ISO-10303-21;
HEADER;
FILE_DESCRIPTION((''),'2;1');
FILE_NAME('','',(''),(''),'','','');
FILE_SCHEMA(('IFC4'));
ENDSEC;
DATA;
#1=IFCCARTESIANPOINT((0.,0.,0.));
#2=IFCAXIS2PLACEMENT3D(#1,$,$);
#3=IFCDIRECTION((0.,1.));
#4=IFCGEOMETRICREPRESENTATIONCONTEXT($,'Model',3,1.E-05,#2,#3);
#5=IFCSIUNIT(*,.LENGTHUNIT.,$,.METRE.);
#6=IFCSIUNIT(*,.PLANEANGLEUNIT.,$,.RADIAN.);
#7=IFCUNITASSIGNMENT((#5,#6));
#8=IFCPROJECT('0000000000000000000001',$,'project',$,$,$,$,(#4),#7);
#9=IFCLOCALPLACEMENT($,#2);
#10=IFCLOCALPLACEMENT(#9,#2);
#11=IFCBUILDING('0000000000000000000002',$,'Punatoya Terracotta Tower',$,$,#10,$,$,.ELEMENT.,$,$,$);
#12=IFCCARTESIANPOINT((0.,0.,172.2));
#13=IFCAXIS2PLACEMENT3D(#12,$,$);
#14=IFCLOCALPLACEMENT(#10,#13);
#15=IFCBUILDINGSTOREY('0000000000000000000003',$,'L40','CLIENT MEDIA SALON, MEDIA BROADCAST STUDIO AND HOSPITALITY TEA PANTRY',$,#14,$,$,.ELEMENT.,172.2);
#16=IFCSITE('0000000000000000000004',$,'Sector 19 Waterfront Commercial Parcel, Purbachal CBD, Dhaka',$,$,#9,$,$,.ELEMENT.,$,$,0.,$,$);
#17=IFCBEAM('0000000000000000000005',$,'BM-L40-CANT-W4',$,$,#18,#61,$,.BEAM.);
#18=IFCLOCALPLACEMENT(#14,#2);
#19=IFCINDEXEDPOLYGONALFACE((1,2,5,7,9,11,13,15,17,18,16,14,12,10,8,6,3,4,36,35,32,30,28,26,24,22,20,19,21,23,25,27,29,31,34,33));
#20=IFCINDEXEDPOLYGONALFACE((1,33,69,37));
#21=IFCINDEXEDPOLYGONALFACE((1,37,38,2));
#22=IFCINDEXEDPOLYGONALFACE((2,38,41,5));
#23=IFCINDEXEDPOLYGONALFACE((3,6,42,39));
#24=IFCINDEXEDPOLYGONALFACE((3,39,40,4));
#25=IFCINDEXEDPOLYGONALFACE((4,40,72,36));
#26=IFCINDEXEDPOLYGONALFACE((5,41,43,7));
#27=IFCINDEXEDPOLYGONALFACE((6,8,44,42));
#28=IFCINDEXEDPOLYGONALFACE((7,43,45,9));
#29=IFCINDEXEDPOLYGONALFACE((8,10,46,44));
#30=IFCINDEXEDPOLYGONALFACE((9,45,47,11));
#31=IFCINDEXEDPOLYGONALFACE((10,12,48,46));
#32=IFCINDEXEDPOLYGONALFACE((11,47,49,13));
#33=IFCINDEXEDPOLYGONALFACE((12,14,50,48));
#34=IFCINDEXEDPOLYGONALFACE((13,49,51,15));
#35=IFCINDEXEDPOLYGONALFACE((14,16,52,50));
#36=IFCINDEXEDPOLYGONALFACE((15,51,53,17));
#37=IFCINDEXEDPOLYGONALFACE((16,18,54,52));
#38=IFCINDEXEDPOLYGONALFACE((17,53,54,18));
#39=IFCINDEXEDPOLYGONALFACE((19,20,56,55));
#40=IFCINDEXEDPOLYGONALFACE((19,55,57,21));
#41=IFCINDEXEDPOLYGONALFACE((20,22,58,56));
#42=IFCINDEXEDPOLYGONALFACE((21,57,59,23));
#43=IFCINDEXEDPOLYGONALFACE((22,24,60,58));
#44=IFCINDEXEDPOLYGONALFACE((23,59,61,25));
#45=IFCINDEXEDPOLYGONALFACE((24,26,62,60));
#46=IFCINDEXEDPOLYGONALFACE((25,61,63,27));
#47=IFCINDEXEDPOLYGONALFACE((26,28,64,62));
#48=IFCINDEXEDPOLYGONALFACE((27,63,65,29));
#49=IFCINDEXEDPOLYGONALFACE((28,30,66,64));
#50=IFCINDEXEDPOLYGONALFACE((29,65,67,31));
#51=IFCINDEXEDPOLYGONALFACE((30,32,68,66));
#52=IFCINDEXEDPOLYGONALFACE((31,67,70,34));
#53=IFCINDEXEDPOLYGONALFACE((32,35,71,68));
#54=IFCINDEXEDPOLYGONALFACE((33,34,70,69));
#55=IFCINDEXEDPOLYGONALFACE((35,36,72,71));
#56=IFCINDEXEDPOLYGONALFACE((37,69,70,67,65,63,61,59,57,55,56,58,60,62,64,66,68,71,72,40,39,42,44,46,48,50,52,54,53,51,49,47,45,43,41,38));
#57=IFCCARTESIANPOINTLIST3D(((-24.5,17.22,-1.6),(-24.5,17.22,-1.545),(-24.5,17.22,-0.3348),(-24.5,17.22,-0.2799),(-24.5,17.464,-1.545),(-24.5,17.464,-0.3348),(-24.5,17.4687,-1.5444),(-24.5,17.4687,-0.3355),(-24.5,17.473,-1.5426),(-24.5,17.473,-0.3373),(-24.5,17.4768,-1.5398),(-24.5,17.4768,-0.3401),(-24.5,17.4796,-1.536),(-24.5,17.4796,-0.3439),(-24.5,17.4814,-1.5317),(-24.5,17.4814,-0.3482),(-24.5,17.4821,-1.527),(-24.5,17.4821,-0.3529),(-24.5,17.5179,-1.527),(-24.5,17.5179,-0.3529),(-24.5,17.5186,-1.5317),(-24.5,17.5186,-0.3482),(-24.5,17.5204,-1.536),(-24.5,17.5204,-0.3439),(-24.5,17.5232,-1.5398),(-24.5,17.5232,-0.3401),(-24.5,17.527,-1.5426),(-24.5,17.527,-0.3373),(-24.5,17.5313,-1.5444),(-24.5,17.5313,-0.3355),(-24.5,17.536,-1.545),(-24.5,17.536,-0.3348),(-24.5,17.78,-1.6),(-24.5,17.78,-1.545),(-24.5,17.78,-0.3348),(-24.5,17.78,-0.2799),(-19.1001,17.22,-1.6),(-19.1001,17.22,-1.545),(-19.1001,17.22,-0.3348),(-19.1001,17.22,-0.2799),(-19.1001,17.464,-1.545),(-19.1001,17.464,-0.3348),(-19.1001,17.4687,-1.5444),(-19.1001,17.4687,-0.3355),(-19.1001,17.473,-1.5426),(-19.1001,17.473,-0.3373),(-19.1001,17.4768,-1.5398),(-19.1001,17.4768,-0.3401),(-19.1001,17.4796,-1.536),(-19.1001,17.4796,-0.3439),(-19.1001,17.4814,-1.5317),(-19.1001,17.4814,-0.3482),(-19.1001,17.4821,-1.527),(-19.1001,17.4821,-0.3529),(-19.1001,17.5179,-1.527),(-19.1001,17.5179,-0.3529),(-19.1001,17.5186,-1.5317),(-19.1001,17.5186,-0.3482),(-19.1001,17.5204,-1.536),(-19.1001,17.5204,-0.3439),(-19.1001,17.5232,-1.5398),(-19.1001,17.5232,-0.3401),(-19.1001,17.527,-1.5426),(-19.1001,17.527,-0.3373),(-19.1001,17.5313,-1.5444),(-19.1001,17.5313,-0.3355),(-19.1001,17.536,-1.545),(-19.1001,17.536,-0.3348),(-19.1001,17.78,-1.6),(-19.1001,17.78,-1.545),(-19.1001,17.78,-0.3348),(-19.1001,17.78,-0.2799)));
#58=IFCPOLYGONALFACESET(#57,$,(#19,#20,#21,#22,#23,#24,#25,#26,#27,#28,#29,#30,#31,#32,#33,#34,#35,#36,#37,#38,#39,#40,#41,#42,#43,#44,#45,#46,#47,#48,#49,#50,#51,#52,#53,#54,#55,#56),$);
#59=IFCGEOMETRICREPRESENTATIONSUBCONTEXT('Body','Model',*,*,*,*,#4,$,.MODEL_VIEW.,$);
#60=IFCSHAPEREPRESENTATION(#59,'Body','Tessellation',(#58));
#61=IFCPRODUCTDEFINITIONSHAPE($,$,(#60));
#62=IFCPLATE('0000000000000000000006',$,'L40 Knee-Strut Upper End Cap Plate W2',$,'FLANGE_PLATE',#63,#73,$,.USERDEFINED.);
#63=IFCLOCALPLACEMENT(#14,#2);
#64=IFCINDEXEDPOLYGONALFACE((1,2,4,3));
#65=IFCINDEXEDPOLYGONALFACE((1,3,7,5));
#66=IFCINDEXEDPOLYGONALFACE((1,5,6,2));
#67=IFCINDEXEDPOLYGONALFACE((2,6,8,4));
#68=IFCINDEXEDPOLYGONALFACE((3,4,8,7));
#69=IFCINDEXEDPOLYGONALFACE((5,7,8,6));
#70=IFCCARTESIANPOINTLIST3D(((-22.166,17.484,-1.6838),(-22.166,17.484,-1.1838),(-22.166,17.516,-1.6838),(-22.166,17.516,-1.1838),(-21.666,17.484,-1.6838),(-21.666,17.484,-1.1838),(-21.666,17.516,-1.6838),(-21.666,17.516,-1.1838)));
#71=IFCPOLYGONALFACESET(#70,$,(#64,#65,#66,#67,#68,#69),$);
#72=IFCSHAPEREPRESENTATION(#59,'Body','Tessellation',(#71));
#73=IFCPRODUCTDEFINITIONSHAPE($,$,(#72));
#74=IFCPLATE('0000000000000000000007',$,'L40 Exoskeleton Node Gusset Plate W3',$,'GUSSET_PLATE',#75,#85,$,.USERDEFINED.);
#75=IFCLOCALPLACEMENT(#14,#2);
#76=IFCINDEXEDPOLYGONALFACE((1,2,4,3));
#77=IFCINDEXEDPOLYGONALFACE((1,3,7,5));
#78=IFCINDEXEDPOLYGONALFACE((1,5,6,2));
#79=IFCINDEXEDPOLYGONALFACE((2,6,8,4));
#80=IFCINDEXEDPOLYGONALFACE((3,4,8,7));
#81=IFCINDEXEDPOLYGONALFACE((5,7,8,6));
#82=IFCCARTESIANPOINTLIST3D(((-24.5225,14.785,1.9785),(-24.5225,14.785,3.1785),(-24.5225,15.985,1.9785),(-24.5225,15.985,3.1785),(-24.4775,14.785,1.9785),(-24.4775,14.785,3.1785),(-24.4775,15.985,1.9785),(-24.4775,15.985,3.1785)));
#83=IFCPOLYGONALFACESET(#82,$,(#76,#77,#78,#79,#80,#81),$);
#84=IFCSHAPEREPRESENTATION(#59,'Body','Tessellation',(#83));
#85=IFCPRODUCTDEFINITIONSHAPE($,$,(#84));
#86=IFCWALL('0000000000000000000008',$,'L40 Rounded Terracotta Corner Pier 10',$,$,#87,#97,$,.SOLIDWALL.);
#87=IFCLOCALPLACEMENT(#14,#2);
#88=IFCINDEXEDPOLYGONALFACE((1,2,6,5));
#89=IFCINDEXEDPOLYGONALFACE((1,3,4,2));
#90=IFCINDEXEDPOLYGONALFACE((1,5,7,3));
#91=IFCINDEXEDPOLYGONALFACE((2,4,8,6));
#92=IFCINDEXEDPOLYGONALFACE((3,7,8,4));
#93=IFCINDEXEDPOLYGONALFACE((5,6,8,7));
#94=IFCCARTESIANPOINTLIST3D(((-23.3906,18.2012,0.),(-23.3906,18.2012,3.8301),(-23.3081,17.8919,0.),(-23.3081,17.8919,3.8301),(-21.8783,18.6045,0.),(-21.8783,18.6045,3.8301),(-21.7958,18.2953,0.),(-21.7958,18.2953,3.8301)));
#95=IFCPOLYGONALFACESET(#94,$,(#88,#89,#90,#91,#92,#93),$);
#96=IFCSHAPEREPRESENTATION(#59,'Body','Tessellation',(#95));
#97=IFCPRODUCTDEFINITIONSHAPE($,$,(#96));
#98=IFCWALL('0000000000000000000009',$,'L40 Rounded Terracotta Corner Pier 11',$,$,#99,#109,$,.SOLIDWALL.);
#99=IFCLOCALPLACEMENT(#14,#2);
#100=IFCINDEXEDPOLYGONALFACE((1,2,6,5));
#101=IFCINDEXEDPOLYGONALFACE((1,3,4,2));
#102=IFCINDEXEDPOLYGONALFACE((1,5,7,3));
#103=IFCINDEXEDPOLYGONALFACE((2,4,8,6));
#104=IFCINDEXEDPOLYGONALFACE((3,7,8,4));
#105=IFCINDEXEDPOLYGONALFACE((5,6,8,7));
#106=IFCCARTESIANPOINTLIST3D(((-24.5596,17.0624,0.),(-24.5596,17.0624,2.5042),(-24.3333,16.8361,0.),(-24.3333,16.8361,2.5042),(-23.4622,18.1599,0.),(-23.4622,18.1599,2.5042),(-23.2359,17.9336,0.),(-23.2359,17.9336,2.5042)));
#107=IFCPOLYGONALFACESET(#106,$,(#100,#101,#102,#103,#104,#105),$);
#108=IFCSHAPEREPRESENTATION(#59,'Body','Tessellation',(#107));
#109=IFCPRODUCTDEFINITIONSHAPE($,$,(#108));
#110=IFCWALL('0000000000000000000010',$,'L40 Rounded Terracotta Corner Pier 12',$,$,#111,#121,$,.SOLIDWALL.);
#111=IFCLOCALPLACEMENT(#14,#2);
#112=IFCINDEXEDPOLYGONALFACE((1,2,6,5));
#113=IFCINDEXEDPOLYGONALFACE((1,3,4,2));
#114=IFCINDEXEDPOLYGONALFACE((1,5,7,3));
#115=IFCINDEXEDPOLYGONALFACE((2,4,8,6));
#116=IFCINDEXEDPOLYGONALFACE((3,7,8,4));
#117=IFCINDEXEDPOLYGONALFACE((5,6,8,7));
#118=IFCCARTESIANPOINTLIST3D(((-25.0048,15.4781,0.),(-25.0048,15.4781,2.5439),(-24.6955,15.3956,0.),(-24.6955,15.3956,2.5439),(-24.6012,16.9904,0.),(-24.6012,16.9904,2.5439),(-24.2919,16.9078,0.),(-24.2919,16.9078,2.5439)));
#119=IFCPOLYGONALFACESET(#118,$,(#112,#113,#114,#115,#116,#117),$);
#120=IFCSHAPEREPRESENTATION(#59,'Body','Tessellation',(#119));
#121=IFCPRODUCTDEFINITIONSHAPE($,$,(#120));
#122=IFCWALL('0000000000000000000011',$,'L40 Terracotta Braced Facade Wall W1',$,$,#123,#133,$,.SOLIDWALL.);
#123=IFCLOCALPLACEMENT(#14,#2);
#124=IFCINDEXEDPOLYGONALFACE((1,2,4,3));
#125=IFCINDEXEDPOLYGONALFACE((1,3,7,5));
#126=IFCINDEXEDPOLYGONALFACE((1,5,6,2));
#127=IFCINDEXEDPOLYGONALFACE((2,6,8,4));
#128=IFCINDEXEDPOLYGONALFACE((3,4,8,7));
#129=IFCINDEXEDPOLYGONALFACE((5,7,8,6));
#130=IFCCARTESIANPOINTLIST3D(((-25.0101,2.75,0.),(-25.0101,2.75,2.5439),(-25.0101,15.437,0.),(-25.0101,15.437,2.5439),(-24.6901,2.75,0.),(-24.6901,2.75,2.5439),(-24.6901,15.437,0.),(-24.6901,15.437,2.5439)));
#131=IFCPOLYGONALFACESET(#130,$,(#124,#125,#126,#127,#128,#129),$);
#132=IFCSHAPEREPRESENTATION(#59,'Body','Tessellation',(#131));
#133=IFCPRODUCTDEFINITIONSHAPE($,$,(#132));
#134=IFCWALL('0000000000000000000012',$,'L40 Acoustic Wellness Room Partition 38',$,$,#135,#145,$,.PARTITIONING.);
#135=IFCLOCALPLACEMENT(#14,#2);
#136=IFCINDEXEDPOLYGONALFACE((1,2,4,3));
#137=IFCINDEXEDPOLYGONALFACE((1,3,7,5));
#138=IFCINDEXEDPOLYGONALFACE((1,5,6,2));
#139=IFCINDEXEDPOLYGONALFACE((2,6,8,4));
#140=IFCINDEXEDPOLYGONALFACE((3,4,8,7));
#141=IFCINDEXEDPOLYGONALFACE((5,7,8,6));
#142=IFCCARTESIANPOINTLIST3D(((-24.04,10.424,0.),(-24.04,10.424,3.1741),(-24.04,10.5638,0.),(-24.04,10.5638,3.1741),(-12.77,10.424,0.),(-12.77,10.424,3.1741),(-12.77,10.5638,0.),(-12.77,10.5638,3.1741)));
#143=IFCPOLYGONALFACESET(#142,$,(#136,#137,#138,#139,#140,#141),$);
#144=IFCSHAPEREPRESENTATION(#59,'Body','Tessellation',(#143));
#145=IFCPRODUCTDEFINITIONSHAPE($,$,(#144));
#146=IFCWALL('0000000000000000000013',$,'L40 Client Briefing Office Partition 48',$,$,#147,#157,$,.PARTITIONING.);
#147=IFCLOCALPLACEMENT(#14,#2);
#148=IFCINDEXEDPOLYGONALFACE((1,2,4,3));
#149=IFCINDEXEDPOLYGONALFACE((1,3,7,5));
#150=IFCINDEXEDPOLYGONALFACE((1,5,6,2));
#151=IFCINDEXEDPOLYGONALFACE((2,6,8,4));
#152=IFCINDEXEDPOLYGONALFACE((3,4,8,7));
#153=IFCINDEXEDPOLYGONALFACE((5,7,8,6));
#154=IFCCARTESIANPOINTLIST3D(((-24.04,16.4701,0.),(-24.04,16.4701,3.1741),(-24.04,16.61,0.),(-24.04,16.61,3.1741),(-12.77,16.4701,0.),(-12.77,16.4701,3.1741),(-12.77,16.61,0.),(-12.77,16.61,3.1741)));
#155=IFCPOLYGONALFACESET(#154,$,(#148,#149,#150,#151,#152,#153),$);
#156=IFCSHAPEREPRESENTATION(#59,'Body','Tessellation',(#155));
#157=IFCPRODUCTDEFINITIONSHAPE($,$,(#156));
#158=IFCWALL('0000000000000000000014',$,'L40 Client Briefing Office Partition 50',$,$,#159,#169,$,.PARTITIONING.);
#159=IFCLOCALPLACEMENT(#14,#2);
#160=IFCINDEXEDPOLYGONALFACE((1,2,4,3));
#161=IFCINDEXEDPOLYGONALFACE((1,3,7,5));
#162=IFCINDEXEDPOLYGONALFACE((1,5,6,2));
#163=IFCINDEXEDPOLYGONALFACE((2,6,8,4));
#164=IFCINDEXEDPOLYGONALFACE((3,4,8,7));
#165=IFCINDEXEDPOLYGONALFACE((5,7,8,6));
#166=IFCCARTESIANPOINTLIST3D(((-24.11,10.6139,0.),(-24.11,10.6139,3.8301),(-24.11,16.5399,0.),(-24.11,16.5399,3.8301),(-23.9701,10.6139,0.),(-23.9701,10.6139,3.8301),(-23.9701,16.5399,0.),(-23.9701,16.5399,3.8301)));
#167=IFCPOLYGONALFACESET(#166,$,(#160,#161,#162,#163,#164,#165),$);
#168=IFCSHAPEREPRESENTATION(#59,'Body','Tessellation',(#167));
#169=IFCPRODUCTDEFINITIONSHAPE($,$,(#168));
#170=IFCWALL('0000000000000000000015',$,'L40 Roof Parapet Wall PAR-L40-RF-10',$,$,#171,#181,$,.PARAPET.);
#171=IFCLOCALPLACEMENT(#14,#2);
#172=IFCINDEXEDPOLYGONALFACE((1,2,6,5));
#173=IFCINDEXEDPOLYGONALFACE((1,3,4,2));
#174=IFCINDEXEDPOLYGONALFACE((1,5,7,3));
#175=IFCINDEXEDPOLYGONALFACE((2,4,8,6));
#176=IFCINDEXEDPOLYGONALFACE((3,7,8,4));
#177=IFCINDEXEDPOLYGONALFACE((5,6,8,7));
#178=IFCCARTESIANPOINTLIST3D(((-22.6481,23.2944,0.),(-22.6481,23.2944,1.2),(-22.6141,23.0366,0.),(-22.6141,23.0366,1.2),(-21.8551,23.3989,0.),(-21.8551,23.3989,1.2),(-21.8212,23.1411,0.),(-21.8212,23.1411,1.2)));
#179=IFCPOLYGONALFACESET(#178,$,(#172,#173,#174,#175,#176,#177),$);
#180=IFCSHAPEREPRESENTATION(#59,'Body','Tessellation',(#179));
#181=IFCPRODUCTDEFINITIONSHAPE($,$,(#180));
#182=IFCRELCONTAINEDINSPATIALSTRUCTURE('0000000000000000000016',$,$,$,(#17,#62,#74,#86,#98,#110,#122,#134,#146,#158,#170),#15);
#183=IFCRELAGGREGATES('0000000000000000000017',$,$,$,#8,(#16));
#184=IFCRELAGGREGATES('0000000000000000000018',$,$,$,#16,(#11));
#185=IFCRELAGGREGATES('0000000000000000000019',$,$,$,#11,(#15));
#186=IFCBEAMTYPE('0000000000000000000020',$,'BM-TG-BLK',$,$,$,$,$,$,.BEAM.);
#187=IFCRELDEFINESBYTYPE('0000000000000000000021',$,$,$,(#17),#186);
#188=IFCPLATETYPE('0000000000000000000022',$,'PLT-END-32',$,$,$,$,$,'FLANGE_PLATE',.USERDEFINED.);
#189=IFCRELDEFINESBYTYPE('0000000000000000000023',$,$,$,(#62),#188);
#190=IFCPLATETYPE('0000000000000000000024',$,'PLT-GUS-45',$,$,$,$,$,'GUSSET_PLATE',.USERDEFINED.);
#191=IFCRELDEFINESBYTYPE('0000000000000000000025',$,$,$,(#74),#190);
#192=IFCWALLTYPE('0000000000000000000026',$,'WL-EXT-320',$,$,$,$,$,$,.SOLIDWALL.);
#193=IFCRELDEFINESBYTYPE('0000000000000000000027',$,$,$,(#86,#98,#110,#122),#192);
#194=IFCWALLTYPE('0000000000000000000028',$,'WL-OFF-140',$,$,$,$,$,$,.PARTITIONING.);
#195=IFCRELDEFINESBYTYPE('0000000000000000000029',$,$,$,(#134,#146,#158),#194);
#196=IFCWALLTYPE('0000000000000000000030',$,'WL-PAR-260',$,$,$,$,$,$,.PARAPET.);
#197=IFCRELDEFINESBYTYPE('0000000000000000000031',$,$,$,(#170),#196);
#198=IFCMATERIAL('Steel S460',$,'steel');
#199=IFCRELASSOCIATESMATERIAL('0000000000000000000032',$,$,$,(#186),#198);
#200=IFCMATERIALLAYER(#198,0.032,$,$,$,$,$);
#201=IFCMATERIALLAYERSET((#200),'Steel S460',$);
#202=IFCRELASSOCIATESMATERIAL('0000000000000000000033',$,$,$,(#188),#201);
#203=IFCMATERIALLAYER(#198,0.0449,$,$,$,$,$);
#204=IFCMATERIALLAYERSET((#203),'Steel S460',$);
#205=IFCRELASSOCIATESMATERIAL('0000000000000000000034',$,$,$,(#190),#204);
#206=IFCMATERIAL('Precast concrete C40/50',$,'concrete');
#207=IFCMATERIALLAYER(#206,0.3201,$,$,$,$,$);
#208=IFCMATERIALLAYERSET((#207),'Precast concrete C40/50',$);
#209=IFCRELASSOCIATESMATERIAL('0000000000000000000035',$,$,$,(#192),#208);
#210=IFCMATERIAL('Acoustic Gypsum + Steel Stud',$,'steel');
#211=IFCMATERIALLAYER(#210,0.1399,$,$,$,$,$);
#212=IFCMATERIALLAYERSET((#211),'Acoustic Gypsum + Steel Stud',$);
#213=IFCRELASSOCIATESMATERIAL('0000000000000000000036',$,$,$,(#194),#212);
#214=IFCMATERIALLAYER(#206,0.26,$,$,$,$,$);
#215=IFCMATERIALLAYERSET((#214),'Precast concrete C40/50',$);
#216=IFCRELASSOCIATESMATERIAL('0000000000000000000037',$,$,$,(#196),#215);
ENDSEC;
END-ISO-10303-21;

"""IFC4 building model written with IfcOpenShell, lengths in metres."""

from ifc_helpers import new_model, si_unit, direction, frame, frame_2d, origin, origin_2d, place, context, subcontext, project, spatial, rectangle, i_section, extrude, material, layer, layer_set, material_profile, profile_set, type_object, element, save


model = new_model("IFC4")

# Units and contexts
model_context = context("Model", 3, precision=1e-05, world=origin(), true_north=direction((0.0, 1.0)))
body_context = subcontext(model_context, "Body", "Model", "MODEL_VIEW")
ifc_project = project(units=[si_unit("LENGTHUNIT", "METRE"), si_unit("PLANEANGLEUNIT", "RADIAN")], contexts=[model_context])

# Site, building, storey
site_placement = place(None, origin())
site = spatial("IfcSite", under=ifc_project, at=site_placement, Name="Sector 19 Waterfront Commercial Parcel, Purbachal CBD, Dhaka", CompositionType="ELEMENT", RefElevation=0.0)
building_placement = place(site_placement, origin())
building = spatial("IfcBuilding", under=site, at=building_placement, Name="Punatoya Terracotta Tower", CompositionType="ELEMENT")
storey_placement = place(building_placement, frame((0.0, 0.0, 172.2)))
storey = spatial("IfcBuildingStorey", under=building, at=storey_placement, Name="L40", Description="CLIENT MEDIA SALON, MEDIA BROADCAST STUDIO AND HOSPITALITY TEA PANTRY", CompositionType="ELEMENT", Elevation=172.2)

# Shared definitions
ifc_material_1 = material(Name="Steel S460", Category="steel")

# Beam
ifc_material_profile_1 = material_profile(ifc_material_1, i_section(OverallWidth=0.5601, OverallDepth=1.3201, WebThickness=0.0359, FlangeThickness=0.0549, FilletRadius=0.0181, at=origin_2d()))
ifc_profile_set_1 = profile_set([ifc_material_profile_1], Name="Steel S460")
beam_type_1 = type_object("IfcBeamType", Name="BM-TG-BLK", PredefinedType="BEAM", material=ifc_profile_set_1)
beam_1_placement = place(storey_placement, frame((-24.5, 17.5, -0.9399), z_axis=(1.0, 0.0, 0.0), x_axis=(0.0, 1.0, 0.0)))
element("IfcBeam", 1, at=beam_1_placement, inside=storey, type_object=beam_type_1, Name="BM-L40-CANT-W4", PredefinedType="BEAM", context=body_context, shape_type="SweptSolid", body=[
    extrude(i_section(OverallWidth=0.5601, OverallDepth=1.3201, WebThickness=0.0359, FlangeThickness=0.0549, FilletRadius=0.0181, at=origin_2d()), origin(), (0.0, 0.0, 1.0), 5.3999),
])

# Plates
ifc_layer_1 = layer(ifc_material_1, 0.032)
ifc_layer_set_1 = layer_set([ifc_layer_1], Name="Steel S460")
plate_type_1 = type_object("IfcPlateType", Name="PLT-END-32", ElementType="FLANGE_PLATE", PredefinedType="USERDEFINED", material=ifc_layer_set_1)
plate_1_placement = place(storey_placement, frame((-21.916, 17.5, -1.6838), z_axis=(0.0, 0.0, 1.0), x_axis=(1.0, 0.0, 0.0)))
element("IfcPlate", 2, at=plate_1_placement, inside=storey, type_object=plate_type_1, Name="L40 Knee-Strut Upper End Cap Plate W2", ObjectType="FLANGE_PLATE", PredefinedType="USERDEFINED", context=body_context, shape_type="SweptSolid", body=[
    extrude(rectangle(XDim=0.5, YDim=0.032, at=origin_2d()), origin(), (0.0, 0.0, 1.0), 0.5),
])
ifc_layer_2 = layer(ifc_material_1, 0.0449)
ifc_layer_set_2 = layer_set([ifc_layer_2], Name="Steel S460")
plate_type_2 = type_object("IfcPlateType", Name="PLT-GUS-45", ElementType="GUSSET_PLATE", PredefinedType="USERDEFINED", material=ifc_layer_set_2)
plate_2_placement = place(storey_placement, frame((-24.5, 15.385, 1.9785), z_axis=(0.0, 0.0, 1.0), x_axis=(0.0, 1.0, 0.0)))
element("IfcPlate", 3, at=plate_2_placement, inside=storey, type_object=plate_type_2, Name="L40 Exoskeleton Node Gusset Plate W3", ObjectType="GUSSET_PLATE", PredefinedType="USERDEFINED", context=body_context, shape_type="SweptSolid", body=[
    extrude(rectangle(XDim=1.2, YDim=0.0449, at=origin_2d()), origin(), (0.0, 0.0, 1.0), 1.2),
])

# Walls
ifc_material_2 = material(Name="Precast concrete C40/50", Category="concrete")
ifc_layer_3 = layer(ifc_material_2, 0.3201)
ifc_layer_set_3 = layer_set([ifc_layer_3], Name="Precast concrete C40/50")
wall_type_1 = type_object("IfcWallType", Name="WL-EXT-320", PredefinedType="SOLIDWALL", material=ifc_layer_set_3)
wall_1_placement = place(storey_placement, frame((-21.8369, 18.45, 0.0), z_axis=(0.0, 0.0, 1.0), x_axis=(-0.966225, -0.257701, 0.0)))
element("IfcWall", 4, at=wall_1_placement, inside=storey, type_object=wall_type_1, Name="L40 Rounded Terracotta Corner Pier 10", PredefinedType="SOLIDWALL", context=body_context, shape_type="SweptSolid", body=[
    extrude(rectangle(XDim=1.5652, YDim=0.3201, at=frame_2d((0.7827, 0.0))), origin(), (0.0, 0.0, 1.0), 3.8301),
])
wall_2_placement = place(storey_placement, frame((-23.3491, 18.0466, 0.0), z_axis=(0.0, 0.0, 1.0), x_axis=(-0.707107, -0.707107, 0.0)))
element("IfcWall", 5, at=wall_2_placement, inside=storey, type_object=wall_type_1, Name="L40 Rounded Terracotta Corner Pier 11", PredefinedType="SOLIDWALL", context=body_context, shape_type="SweptSolid", body=[
    extrude(rectangle(XDim=1.552, YDim=0.3201, at=frame_2d((0.7759, 0.0))), origin(), (0.0, 0.0, 1.0), 2.5042),
])
wall_3_placement = place(storey_placement, frame((-24.4465, 16.9492, 0.0), z_axis=(0.0, 0.0, 1.0), x_axis=(-0.257847, -0.966186, 0.0)))
element("IfcWall", 6, at=wall_3_placement, inside=storey, type_object=wall_type_1, Name="L40 Rounded Terracotta Corner Pier 12", PredefinedType="SOLIDWALL", context=body_context, shape_type="SweptSolid", body=[
    extrude(rectangle(XDim=1.5652, YDim=0.3201, at=frame_2d((0.7827, 0.0))), origin(), (0.0, 0.0, 1.0), 2.5439),
])
wall_4_placement = place(storey_placement, frame((-24.8501, 15.437, 0.0), z_axis=(0.0, 0.0, 1.0), x_axis=(0.0, -1.0, 0.0)))
element("IfcWall", 7, at=wall_4_placement, inside=storey, type_object=wall_type_1, Name="L40 Terracotta Braced Facade Wall W1", PredefinedType="SOLIDWALL", context=body_context, shape_type="SweptSolid", body=[
    extrude(rectangle(XDim=12.687, YDim=0.3201, at=frame_2d((6.3435, 0.0))), origin(), (0.0, 0.0, 1.0), 2.5439),
])
ifc_material_3 = material(Name="Acoustic Gypsum + Steel Stud", Category="steel")
ifc_layer_4 = layer(ifc_material_3, 0.1399)
ifc_layer_set_4 = layer_set([ifc_layer_4], Name="Acoustic Gypsum + Steel Stud")
wall_type_2 = type_object("IfcWallType", Name="WL-OFF-140", PredefinedType="PARTITIONING", material=ifc_layer_set_4)
for number, where, z_axis, x_axis, name in (
    (8, (-24.04, 10.4939, 0.0), (0.0, 0.0, 1.0), (1.0, 0.0, 0.0), "L40 Acoustic Wellness Room Partition 38"),
    (9, (-24.04, 16.54, 0.0), (0.0, 0.0, 1.0), (1.0, 0.0, 0.0), "L40 Client Briefing Office Partition 48"),
):
    element("IfcWall", number, at=place(storey_placement, frame(where, z_axis=z_axis, x_axis=x_axis)), inside=storey, type_object=wall_type_2, Name=name, PredefinedType="PARTITIONING", context=body_context, shape_type="SweptSolid", body=[
        extrude(rectangle(XDim=11.27, YDim=0.1399, at=frame_2d((5.635, 0.0))), origin(), (0.0, 0.0, 1.0), 3.1741),
    ])
wall_5_placement = place(storey_placement, frame((-24.04, 10.614, 0.0), z_axis=(0.0, 0.0, 1.0), x_axis=(0.0, 1.0, 0.0)))
element("IfcWall", 10, at=wall_5_placement, inside=storey, type_object=wall_type_2, Name="L40 Client Briefing Office Partition 50", PredefinedType="PARTITIONING", context=body_context, shape_type="SweptSolid", body=[
    extrude(rectangle(XDim=5.926, YDim=0.1399, at=frame_2d((2.9629, 0.0))), origin(), (0.0, 0.0, 1.0), 3.8301),
])
ifc_layer_5 = layer(ifc_material_2, 0.26)
ifc_layer_set_5 = layer_set([ifc_layer_5], Name="Precast concrete C40/50")
wall_type_3 = type_object("IfcWallType", Name="WL-PAR-260", PredefinedType="PARAPET", material=ifc_layer_set_5)
wall_6_placement = place(storey_placement, frame((-21.8381, 23.27, 0.0), z_axis=(0.0, 0.0, 1.0), x_axis=(-0.991429, -0.130644, 0.0)))
element("IfcWall", 11, at=wall_6_placement, inside=storey, type_object=wall_type_3, Name="L40 Roof Parapet Wall PAR-L40-RF-10", PredefinedType="PARAPET", context=body_context, shape_type="SweptSolid", body=[
    extrude(rectangle(XDim=0.7998, YDim=0.26, at=frame_2d((0.3999, 0.0))), origin(), (0.0, 0.0, 1.0), 1.2),
])

save(model, "model.ifc")
